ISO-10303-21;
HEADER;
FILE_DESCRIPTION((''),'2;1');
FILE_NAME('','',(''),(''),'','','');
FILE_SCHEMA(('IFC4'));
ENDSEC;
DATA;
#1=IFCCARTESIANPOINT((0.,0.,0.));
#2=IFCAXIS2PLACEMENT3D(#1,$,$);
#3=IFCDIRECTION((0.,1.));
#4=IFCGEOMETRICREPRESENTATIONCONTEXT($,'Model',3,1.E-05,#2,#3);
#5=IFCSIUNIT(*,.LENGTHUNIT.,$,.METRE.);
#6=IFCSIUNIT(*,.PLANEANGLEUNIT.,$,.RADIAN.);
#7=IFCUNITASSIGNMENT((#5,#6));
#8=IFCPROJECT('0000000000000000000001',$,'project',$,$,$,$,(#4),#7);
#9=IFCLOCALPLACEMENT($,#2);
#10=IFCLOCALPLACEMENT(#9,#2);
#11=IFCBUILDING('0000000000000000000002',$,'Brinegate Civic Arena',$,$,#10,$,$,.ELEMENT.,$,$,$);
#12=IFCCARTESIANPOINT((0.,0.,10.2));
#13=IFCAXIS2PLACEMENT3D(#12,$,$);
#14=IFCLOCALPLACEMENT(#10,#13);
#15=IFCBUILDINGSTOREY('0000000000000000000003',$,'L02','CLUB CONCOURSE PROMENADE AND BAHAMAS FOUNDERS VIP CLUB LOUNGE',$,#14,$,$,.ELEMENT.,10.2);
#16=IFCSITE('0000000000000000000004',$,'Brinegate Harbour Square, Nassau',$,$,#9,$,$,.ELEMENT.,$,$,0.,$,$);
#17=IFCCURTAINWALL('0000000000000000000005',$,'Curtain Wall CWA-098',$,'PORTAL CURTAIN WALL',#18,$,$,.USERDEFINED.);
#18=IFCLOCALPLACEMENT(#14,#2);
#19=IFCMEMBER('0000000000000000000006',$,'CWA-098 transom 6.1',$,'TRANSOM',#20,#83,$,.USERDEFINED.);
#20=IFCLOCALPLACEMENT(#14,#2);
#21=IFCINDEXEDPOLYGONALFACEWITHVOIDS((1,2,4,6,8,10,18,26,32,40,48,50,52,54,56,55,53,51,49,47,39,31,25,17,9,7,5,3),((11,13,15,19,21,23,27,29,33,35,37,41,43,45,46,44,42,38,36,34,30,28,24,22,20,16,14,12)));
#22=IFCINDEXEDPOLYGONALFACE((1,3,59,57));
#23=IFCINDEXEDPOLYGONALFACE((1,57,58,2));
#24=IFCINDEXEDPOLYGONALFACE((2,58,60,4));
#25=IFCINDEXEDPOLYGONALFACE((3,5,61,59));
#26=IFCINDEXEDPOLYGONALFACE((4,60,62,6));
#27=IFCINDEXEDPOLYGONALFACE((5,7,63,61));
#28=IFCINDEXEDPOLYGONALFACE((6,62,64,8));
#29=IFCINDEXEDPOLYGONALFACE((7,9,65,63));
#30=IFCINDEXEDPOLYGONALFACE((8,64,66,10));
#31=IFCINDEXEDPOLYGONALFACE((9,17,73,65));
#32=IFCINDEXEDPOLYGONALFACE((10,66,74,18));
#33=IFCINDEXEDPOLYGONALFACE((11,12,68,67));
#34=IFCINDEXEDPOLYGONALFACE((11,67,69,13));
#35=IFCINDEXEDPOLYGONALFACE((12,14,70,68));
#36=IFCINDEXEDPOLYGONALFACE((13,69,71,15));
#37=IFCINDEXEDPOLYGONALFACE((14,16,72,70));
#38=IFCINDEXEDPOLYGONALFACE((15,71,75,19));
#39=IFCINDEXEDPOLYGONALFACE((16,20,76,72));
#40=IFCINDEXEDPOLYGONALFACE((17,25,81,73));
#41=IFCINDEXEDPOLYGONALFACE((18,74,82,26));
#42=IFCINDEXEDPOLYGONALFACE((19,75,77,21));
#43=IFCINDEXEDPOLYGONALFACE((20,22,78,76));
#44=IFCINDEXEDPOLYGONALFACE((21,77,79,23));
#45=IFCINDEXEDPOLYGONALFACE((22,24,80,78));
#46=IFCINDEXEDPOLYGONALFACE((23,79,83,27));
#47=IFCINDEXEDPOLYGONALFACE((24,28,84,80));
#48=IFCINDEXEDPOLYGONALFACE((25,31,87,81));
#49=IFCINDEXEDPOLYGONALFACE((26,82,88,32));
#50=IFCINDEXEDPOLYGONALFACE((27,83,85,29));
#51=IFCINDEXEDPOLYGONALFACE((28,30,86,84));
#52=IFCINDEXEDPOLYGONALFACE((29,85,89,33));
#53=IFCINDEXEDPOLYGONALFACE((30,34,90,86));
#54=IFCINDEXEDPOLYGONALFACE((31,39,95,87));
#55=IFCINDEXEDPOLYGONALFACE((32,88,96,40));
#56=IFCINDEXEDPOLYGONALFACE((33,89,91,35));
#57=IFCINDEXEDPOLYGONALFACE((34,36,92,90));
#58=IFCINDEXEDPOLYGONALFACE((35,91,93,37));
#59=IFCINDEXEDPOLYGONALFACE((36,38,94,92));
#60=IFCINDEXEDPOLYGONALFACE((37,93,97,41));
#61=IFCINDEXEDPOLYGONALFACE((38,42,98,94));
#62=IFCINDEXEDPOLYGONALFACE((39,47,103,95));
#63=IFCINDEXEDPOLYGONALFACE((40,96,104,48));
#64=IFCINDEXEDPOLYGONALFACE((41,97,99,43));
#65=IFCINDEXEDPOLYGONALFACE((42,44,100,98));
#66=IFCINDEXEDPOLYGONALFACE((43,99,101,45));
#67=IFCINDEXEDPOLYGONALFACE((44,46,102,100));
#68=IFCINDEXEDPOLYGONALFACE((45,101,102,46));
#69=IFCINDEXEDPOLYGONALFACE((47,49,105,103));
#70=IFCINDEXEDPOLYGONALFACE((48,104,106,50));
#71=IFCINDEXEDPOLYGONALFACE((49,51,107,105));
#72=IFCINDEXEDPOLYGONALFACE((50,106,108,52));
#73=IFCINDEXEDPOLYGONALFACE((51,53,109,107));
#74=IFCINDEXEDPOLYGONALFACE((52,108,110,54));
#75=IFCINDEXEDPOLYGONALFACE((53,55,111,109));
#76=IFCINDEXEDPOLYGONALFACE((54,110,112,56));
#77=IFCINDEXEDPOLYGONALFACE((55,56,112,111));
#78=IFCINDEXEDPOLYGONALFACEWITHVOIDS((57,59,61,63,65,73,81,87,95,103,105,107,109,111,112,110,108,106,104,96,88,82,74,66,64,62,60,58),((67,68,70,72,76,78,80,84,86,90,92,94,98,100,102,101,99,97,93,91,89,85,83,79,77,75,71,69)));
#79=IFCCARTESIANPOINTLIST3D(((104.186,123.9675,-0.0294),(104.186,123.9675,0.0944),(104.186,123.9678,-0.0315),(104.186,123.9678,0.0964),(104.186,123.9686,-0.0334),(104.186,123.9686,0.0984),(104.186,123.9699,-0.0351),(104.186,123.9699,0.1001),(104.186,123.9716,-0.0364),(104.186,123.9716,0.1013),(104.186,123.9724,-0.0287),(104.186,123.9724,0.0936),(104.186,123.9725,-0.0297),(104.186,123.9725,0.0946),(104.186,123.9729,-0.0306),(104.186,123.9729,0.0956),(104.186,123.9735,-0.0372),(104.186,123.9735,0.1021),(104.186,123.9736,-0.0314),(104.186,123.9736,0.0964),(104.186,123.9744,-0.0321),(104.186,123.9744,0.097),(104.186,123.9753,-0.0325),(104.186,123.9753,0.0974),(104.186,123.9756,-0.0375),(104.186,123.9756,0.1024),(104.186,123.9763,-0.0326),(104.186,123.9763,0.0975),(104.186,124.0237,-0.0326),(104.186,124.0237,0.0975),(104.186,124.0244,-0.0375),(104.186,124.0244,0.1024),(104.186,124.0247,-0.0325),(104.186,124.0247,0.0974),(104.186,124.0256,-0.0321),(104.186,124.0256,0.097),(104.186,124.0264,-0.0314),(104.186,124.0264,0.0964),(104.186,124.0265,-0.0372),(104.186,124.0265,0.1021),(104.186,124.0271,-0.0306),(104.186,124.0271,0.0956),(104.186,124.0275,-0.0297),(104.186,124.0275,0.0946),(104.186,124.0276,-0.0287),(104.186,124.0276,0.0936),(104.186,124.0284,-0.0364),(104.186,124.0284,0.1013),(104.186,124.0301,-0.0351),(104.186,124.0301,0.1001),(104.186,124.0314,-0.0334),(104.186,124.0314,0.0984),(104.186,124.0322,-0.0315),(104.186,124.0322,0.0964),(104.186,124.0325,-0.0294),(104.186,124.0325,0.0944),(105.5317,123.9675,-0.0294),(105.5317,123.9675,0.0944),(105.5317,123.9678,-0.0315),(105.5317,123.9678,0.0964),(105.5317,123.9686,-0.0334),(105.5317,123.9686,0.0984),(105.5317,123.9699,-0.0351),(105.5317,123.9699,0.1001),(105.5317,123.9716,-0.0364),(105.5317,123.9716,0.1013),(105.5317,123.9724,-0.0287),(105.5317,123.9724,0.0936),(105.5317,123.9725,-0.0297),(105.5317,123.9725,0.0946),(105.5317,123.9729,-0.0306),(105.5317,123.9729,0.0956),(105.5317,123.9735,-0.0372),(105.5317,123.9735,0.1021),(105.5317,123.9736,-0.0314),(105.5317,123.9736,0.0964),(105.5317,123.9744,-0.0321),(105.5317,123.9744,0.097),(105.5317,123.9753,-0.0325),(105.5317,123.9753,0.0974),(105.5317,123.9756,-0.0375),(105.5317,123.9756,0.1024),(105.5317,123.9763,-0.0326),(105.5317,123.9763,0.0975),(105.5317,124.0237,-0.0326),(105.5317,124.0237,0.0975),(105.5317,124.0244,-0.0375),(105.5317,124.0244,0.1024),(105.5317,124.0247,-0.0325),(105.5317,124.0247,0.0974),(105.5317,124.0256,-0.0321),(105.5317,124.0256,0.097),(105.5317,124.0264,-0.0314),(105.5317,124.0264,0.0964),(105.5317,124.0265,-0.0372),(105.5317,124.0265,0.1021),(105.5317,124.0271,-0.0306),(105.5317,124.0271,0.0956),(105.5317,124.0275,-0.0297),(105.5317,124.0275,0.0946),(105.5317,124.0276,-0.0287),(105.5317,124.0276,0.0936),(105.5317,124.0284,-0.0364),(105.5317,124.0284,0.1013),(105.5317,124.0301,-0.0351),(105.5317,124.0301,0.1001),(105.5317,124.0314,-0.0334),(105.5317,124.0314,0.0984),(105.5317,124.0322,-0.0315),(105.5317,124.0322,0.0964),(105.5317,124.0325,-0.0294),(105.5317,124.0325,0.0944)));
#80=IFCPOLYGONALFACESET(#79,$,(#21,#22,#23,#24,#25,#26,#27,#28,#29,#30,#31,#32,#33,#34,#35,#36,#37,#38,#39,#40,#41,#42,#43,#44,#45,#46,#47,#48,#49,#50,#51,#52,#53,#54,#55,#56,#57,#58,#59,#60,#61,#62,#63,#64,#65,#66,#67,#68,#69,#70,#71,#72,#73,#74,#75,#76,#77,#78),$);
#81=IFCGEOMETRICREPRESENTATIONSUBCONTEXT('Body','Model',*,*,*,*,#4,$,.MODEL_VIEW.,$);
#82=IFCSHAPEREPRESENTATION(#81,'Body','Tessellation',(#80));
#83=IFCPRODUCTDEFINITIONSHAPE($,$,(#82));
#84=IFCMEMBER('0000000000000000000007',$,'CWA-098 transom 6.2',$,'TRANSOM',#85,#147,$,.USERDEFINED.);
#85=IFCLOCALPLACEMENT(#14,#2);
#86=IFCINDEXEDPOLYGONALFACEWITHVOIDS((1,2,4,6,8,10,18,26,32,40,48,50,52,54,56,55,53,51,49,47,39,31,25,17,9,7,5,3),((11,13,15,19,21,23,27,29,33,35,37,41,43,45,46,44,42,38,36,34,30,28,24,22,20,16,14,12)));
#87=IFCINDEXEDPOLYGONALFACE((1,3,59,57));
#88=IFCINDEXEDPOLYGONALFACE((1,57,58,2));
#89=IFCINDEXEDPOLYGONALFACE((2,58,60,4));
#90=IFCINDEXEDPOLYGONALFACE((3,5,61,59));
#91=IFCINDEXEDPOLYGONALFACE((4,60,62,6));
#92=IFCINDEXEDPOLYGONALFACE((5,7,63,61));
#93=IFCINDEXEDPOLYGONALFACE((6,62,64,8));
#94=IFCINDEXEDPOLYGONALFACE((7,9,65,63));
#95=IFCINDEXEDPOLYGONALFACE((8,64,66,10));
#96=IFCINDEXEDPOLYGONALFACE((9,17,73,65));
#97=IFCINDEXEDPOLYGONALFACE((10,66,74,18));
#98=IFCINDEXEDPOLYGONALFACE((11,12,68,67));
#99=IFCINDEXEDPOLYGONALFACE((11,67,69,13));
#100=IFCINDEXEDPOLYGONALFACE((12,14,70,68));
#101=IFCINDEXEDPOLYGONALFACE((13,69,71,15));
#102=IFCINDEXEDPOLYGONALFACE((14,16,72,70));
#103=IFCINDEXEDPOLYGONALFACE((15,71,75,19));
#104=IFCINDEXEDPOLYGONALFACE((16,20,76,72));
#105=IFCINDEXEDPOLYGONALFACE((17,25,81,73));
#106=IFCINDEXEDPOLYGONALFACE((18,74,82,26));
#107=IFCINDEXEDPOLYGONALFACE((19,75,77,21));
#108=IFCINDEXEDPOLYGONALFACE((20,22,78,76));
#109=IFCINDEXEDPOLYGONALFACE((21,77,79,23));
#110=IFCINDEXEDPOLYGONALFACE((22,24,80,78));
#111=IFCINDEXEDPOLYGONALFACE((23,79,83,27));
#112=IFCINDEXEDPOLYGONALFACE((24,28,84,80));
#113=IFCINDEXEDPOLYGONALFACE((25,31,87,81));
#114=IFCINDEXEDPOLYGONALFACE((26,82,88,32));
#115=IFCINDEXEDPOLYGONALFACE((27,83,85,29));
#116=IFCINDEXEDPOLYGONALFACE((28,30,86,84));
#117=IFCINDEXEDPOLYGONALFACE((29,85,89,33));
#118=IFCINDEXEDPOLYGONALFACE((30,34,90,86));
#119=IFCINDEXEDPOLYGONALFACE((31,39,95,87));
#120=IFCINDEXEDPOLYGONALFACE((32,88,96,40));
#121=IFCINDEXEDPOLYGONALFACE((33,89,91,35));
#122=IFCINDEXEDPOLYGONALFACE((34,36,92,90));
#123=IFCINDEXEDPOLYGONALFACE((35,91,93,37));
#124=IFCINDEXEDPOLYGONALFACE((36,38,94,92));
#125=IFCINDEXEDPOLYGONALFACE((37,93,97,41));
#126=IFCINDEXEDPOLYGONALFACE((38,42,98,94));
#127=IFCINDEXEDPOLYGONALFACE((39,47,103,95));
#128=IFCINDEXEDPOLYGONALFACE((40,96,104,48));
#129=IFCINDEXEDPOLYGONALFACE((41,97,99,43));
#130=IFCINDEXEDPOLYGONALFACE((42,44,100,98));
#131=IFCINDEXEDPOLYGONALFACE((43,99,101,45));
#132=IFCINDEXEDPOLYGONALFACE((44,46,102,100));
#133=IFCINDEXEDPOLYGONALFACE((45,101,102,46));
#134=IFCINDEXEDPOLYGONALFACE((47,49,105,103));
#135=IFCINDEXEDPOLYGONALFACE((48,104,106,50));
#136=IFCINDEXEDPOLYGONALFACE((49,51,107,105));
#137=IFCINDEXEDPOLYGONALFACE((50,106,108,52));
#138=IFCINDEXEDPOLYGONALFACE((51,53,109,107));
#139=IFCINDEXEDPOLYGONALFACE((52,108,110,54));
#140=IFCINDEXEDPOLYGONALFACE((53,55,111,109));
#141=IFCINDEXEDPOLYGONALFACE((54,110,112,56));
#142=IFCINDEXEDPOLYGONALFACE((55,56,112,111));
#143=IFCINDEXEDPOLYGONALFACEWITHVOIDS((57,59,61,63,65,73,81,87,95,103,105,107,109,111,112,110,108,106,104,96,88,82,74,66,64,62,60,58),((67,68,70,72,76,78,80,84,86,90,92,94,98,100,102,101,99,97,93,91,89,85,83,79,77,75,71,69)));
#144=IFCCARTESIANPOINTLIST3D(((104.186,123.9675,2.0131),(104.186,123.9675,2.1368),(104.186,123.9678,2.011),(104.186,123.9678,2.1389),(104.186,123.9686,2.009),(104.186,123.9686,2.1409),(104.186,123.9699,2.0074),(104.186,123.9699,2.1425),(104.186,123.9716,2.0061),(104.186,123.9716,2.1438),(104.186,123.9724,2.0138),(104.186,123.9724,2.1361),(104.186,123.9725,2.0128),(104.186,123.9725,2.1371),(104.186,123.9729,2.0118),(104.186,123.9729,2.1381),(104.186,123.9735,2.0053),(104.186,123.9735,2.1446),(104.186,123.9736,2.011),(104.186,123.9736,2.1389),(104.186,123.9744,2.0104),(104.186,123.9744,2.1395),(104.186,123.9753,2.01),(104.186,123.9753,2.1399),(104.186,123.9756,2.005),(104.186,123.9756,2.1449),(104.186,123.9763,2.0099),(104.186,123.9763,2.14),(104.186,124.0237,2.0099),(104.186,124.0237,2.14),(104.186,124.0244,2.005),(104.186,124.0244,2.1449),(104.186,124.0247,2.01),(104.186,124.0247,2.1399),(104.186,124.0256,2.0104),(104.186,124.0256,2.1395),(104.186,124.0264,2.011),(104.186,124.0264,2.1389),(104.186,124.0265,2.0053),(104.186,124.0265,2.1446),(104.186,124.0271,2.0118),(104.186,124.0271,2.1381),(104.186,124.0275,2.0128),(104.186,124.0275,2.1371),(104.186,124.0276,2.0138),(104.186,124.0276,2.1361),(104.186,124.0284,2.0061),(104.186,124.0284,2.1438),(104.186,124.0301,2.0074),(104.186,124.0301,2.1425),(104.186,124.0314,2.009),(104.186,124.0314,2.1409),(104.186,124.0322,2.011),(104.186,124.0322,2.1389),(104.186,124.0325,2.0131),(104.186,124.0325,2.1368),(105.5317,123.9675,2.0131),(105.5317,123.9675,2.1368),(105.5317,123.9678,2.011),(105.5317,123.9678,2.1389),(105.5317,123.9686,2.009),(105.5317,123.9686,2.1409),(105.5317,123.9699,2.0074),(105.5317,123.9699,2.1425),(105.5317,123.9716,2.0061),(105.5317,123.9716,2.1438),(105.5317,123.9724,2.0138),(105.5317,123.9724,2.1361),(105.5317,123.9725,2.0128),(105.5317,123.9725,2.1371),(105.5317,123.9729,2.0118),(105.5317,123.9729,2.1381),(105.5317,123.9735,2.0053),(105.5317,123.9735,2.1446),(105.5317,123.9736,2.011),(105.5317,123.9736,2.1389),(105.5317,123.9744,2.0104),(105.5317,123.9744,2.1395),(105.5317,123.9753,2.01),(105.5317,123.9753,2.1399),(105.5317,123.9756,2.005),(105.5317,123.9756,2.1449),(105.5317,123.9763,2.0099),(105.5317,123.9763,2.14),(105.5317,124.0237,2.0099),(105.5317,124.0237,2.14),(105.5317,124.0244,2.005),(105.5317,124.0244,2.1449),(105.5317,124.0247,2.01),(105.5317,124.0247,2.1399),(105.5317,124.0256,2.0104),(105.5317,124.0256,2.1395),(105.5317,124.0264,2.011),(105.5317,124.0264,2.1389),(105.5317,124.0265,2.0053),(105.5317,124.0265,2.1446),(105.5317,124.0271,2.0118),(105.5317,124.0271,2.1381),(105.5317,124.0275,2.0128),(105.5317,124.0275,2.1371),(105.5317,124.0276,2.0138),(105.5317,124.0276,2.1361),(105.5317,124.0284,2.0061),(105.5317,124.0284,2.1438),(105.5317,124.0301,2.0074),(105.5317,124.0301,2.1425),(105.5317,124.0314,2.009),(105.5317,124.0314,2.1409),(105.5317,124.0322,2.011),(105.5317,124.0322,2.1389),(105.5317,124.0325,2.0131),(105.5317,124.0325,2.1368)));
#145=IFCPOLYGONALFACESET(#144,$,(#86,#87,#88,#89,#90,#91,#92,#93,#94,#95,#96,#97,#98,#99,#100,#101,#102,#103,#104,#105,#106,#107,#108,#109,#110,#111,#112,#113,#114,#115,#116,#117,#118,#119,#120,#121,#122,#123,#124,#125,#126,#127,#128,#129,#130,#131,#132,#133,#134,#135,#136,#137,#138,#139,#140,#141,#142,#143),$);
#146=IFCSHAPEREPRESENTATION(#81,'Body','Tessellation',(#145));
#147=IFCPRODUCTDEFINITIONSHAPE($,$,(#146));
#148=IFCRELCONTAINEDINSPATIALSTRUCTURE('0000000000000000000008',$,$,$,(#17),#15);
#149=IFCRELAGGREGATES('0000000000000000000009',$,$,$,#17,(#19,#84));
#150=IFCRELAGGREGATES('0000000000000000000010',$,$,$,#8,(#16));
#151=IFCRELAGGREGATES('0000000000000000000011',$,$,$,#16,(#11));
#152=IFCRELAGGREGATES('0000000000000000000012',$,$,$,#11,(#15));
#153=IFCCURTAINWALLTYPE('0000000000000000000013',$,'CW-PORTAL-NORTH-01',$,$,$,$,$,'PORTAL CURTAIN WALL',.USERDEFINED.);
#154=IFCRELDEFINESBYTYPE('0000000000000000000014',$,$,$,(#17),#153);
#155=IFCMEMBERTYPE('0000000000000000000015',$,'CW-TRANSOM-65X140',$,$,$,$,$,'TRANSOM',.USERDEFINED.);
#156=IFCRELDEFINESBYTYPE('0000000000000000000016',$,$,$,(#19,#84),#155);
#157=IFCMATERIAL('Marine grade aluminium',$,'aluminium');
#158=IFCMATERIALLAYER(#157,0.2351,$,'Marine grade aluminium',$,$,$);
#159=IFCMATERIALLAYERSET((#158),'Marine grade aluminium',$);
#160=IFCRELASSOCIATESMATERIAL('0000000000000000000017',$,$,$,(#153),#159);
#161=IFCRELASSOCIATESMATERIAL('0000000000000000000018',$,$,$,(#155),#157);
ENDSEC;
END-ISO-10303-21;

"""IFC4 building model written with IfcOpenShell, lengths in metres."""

from ifc_helpers import new_model, si_unit, direction, frame, origin, origin_2d, place, context, subcontext, project, spatial, hollow_rectangle, extrude, material, layer, layer_set, material_profile, profile_set, type_object, element, aggregate, save


model = new_model("IFC4")

# Units and contexts
model_context = context("Model", 3, precision=1e-05, world=origin(), true_north=direction((0.0, 1.0)))
body_context = subcontext(model_context, "Body", "Model", "MODEL_VIEW")
ifc_project = project(units=[si_unit("LENGTHUNIT", "METRE"), si_unit("PLANEANGLEUNIT", "RADIAN")], contexts=[model_context])

# Site, building, storey
site_placement = place(None, origin())
site = spatial("IfcSite", under=ifc_project, at=site_placement, Name="Brinegate Harbour Square, Nassau", CompositionType="ELEMENT", RefElevation=0.0)
building_placement = place(site_placement, origin())
building = spatial("IfcBuilding", under=site, at=building_placement, Name="Brinegate Civic Arena", CompositionType="ELEMENT")
storey_placement = place(building_placement, frame((0.0, 0.0, 10.2)))
storey = spatial("IfcBuildingStorey", under=building, at=storey_placement, Name="L02", Description="CLUB CONCOURSE PROMENADE AND BAHAMAS FOUNDERS VIP CLUB LOUNGE", CompositionType="ELEMENT", Elevation=10.2)

# Curtain wall, members
ifc_material_1 = material(Name="Marine grade aluminium", Category="aluminium")
ifc_layer_1 = layer(ifc_material_1, 0.2351, Name="Marine grade aluminium")
ifc_layer_set_1 = layer_set([ifc_layer_1], Name="Marine grade aluminium")
curtain_wall_type = type_object("IfcCurtainWallType", Name="CW-PORTAL-NORTH-01", ElementType="PORTAL CURTAIN WALL", PredefinedType="USERDEFINED", material=ifc_layer_set_1)
curtain_wall_placement = place(storey_placement, origin())
curtain_wall = element("IfcCurtainWall", 1, at=curtain_wall_placement, inside=storey, type_object=curtain_wall_type, Name="Curtain Wall CWA-098", ObjectType="PORTAL CURTAIN WALL", PredefinedType="USERDEFINED")
ifc_material_profile_1 = material_profile(ifc_material_1, hollow_rectangle(XDim=0.0649, YDim=0.1399, WallThickness=0.0049, InnerFilletRadius=0.0039, OuterFilletRadius=0.0081, at=origin_2d()), Name="TRN65X140")
ifc_profile_set_1 = profile_set([ifc_material_profile_1], Name="Marine grade aluminium")
member_type_1 = type_object("IfcMemberType", Name="CW-TRANSOM-65X140", ElementType="TRANSOM", PredefinedType="USERDEFINED", material=ifc_profile_set_1)
member_1_placement = place(storey_placement, frame((104.186, 124.0, 0.0325), z_axis=(1.0, 0.0, 0.0), x_axis=(0.0, 1.0, 0.0)))
member_1 = element("IfcMember", 2, at=member_1_placement, type_object=member_type_1, Name="CWA-098 transom 6.1", ObjectType="TRANSOM", PredefinedType="USERDEFINED", context=body_context, shape_type="SweptSolid", body=[
    extrude(hollow_rectangle(XDim=0.0649, YDim=0.1399, WallThickness=0.0049, InnerFilletRadius=0.0039, OuterFilletRadius=0.0081, at=origin_2d()), origin(), (0.0, 0.0, 1.0), 1.3457),
])
member_2_placement = place(storey_placement, frame((104.186, 124.0, 2.075), z_axis=(1.0, 0.0, 0.0), x_axis=(0.0, 1.0, 0.0)))
member_2 = element("IfcMember", 3, at=member_2_placement, type_object=member_type_1, Name="CWA-098 transom 6.2", ObjectType="TRANSOM", PredefinedType="USERDEFINED", context=body_context, shape_type="SweptSolid", body=[
    extrude(hollow_rectangle(XDim=0.0649, YDim=0.1399, WallThickness=0.0049, InnerFilletRadius=0.0039, OuterFilletRadius=0.0081, at=origin_2d()), origin(), (0.0, 0.0, 1.0), 1.3457),
])

aggregate(curtain_wall, [member_1, member_2])

save(model, "model.ifc")
